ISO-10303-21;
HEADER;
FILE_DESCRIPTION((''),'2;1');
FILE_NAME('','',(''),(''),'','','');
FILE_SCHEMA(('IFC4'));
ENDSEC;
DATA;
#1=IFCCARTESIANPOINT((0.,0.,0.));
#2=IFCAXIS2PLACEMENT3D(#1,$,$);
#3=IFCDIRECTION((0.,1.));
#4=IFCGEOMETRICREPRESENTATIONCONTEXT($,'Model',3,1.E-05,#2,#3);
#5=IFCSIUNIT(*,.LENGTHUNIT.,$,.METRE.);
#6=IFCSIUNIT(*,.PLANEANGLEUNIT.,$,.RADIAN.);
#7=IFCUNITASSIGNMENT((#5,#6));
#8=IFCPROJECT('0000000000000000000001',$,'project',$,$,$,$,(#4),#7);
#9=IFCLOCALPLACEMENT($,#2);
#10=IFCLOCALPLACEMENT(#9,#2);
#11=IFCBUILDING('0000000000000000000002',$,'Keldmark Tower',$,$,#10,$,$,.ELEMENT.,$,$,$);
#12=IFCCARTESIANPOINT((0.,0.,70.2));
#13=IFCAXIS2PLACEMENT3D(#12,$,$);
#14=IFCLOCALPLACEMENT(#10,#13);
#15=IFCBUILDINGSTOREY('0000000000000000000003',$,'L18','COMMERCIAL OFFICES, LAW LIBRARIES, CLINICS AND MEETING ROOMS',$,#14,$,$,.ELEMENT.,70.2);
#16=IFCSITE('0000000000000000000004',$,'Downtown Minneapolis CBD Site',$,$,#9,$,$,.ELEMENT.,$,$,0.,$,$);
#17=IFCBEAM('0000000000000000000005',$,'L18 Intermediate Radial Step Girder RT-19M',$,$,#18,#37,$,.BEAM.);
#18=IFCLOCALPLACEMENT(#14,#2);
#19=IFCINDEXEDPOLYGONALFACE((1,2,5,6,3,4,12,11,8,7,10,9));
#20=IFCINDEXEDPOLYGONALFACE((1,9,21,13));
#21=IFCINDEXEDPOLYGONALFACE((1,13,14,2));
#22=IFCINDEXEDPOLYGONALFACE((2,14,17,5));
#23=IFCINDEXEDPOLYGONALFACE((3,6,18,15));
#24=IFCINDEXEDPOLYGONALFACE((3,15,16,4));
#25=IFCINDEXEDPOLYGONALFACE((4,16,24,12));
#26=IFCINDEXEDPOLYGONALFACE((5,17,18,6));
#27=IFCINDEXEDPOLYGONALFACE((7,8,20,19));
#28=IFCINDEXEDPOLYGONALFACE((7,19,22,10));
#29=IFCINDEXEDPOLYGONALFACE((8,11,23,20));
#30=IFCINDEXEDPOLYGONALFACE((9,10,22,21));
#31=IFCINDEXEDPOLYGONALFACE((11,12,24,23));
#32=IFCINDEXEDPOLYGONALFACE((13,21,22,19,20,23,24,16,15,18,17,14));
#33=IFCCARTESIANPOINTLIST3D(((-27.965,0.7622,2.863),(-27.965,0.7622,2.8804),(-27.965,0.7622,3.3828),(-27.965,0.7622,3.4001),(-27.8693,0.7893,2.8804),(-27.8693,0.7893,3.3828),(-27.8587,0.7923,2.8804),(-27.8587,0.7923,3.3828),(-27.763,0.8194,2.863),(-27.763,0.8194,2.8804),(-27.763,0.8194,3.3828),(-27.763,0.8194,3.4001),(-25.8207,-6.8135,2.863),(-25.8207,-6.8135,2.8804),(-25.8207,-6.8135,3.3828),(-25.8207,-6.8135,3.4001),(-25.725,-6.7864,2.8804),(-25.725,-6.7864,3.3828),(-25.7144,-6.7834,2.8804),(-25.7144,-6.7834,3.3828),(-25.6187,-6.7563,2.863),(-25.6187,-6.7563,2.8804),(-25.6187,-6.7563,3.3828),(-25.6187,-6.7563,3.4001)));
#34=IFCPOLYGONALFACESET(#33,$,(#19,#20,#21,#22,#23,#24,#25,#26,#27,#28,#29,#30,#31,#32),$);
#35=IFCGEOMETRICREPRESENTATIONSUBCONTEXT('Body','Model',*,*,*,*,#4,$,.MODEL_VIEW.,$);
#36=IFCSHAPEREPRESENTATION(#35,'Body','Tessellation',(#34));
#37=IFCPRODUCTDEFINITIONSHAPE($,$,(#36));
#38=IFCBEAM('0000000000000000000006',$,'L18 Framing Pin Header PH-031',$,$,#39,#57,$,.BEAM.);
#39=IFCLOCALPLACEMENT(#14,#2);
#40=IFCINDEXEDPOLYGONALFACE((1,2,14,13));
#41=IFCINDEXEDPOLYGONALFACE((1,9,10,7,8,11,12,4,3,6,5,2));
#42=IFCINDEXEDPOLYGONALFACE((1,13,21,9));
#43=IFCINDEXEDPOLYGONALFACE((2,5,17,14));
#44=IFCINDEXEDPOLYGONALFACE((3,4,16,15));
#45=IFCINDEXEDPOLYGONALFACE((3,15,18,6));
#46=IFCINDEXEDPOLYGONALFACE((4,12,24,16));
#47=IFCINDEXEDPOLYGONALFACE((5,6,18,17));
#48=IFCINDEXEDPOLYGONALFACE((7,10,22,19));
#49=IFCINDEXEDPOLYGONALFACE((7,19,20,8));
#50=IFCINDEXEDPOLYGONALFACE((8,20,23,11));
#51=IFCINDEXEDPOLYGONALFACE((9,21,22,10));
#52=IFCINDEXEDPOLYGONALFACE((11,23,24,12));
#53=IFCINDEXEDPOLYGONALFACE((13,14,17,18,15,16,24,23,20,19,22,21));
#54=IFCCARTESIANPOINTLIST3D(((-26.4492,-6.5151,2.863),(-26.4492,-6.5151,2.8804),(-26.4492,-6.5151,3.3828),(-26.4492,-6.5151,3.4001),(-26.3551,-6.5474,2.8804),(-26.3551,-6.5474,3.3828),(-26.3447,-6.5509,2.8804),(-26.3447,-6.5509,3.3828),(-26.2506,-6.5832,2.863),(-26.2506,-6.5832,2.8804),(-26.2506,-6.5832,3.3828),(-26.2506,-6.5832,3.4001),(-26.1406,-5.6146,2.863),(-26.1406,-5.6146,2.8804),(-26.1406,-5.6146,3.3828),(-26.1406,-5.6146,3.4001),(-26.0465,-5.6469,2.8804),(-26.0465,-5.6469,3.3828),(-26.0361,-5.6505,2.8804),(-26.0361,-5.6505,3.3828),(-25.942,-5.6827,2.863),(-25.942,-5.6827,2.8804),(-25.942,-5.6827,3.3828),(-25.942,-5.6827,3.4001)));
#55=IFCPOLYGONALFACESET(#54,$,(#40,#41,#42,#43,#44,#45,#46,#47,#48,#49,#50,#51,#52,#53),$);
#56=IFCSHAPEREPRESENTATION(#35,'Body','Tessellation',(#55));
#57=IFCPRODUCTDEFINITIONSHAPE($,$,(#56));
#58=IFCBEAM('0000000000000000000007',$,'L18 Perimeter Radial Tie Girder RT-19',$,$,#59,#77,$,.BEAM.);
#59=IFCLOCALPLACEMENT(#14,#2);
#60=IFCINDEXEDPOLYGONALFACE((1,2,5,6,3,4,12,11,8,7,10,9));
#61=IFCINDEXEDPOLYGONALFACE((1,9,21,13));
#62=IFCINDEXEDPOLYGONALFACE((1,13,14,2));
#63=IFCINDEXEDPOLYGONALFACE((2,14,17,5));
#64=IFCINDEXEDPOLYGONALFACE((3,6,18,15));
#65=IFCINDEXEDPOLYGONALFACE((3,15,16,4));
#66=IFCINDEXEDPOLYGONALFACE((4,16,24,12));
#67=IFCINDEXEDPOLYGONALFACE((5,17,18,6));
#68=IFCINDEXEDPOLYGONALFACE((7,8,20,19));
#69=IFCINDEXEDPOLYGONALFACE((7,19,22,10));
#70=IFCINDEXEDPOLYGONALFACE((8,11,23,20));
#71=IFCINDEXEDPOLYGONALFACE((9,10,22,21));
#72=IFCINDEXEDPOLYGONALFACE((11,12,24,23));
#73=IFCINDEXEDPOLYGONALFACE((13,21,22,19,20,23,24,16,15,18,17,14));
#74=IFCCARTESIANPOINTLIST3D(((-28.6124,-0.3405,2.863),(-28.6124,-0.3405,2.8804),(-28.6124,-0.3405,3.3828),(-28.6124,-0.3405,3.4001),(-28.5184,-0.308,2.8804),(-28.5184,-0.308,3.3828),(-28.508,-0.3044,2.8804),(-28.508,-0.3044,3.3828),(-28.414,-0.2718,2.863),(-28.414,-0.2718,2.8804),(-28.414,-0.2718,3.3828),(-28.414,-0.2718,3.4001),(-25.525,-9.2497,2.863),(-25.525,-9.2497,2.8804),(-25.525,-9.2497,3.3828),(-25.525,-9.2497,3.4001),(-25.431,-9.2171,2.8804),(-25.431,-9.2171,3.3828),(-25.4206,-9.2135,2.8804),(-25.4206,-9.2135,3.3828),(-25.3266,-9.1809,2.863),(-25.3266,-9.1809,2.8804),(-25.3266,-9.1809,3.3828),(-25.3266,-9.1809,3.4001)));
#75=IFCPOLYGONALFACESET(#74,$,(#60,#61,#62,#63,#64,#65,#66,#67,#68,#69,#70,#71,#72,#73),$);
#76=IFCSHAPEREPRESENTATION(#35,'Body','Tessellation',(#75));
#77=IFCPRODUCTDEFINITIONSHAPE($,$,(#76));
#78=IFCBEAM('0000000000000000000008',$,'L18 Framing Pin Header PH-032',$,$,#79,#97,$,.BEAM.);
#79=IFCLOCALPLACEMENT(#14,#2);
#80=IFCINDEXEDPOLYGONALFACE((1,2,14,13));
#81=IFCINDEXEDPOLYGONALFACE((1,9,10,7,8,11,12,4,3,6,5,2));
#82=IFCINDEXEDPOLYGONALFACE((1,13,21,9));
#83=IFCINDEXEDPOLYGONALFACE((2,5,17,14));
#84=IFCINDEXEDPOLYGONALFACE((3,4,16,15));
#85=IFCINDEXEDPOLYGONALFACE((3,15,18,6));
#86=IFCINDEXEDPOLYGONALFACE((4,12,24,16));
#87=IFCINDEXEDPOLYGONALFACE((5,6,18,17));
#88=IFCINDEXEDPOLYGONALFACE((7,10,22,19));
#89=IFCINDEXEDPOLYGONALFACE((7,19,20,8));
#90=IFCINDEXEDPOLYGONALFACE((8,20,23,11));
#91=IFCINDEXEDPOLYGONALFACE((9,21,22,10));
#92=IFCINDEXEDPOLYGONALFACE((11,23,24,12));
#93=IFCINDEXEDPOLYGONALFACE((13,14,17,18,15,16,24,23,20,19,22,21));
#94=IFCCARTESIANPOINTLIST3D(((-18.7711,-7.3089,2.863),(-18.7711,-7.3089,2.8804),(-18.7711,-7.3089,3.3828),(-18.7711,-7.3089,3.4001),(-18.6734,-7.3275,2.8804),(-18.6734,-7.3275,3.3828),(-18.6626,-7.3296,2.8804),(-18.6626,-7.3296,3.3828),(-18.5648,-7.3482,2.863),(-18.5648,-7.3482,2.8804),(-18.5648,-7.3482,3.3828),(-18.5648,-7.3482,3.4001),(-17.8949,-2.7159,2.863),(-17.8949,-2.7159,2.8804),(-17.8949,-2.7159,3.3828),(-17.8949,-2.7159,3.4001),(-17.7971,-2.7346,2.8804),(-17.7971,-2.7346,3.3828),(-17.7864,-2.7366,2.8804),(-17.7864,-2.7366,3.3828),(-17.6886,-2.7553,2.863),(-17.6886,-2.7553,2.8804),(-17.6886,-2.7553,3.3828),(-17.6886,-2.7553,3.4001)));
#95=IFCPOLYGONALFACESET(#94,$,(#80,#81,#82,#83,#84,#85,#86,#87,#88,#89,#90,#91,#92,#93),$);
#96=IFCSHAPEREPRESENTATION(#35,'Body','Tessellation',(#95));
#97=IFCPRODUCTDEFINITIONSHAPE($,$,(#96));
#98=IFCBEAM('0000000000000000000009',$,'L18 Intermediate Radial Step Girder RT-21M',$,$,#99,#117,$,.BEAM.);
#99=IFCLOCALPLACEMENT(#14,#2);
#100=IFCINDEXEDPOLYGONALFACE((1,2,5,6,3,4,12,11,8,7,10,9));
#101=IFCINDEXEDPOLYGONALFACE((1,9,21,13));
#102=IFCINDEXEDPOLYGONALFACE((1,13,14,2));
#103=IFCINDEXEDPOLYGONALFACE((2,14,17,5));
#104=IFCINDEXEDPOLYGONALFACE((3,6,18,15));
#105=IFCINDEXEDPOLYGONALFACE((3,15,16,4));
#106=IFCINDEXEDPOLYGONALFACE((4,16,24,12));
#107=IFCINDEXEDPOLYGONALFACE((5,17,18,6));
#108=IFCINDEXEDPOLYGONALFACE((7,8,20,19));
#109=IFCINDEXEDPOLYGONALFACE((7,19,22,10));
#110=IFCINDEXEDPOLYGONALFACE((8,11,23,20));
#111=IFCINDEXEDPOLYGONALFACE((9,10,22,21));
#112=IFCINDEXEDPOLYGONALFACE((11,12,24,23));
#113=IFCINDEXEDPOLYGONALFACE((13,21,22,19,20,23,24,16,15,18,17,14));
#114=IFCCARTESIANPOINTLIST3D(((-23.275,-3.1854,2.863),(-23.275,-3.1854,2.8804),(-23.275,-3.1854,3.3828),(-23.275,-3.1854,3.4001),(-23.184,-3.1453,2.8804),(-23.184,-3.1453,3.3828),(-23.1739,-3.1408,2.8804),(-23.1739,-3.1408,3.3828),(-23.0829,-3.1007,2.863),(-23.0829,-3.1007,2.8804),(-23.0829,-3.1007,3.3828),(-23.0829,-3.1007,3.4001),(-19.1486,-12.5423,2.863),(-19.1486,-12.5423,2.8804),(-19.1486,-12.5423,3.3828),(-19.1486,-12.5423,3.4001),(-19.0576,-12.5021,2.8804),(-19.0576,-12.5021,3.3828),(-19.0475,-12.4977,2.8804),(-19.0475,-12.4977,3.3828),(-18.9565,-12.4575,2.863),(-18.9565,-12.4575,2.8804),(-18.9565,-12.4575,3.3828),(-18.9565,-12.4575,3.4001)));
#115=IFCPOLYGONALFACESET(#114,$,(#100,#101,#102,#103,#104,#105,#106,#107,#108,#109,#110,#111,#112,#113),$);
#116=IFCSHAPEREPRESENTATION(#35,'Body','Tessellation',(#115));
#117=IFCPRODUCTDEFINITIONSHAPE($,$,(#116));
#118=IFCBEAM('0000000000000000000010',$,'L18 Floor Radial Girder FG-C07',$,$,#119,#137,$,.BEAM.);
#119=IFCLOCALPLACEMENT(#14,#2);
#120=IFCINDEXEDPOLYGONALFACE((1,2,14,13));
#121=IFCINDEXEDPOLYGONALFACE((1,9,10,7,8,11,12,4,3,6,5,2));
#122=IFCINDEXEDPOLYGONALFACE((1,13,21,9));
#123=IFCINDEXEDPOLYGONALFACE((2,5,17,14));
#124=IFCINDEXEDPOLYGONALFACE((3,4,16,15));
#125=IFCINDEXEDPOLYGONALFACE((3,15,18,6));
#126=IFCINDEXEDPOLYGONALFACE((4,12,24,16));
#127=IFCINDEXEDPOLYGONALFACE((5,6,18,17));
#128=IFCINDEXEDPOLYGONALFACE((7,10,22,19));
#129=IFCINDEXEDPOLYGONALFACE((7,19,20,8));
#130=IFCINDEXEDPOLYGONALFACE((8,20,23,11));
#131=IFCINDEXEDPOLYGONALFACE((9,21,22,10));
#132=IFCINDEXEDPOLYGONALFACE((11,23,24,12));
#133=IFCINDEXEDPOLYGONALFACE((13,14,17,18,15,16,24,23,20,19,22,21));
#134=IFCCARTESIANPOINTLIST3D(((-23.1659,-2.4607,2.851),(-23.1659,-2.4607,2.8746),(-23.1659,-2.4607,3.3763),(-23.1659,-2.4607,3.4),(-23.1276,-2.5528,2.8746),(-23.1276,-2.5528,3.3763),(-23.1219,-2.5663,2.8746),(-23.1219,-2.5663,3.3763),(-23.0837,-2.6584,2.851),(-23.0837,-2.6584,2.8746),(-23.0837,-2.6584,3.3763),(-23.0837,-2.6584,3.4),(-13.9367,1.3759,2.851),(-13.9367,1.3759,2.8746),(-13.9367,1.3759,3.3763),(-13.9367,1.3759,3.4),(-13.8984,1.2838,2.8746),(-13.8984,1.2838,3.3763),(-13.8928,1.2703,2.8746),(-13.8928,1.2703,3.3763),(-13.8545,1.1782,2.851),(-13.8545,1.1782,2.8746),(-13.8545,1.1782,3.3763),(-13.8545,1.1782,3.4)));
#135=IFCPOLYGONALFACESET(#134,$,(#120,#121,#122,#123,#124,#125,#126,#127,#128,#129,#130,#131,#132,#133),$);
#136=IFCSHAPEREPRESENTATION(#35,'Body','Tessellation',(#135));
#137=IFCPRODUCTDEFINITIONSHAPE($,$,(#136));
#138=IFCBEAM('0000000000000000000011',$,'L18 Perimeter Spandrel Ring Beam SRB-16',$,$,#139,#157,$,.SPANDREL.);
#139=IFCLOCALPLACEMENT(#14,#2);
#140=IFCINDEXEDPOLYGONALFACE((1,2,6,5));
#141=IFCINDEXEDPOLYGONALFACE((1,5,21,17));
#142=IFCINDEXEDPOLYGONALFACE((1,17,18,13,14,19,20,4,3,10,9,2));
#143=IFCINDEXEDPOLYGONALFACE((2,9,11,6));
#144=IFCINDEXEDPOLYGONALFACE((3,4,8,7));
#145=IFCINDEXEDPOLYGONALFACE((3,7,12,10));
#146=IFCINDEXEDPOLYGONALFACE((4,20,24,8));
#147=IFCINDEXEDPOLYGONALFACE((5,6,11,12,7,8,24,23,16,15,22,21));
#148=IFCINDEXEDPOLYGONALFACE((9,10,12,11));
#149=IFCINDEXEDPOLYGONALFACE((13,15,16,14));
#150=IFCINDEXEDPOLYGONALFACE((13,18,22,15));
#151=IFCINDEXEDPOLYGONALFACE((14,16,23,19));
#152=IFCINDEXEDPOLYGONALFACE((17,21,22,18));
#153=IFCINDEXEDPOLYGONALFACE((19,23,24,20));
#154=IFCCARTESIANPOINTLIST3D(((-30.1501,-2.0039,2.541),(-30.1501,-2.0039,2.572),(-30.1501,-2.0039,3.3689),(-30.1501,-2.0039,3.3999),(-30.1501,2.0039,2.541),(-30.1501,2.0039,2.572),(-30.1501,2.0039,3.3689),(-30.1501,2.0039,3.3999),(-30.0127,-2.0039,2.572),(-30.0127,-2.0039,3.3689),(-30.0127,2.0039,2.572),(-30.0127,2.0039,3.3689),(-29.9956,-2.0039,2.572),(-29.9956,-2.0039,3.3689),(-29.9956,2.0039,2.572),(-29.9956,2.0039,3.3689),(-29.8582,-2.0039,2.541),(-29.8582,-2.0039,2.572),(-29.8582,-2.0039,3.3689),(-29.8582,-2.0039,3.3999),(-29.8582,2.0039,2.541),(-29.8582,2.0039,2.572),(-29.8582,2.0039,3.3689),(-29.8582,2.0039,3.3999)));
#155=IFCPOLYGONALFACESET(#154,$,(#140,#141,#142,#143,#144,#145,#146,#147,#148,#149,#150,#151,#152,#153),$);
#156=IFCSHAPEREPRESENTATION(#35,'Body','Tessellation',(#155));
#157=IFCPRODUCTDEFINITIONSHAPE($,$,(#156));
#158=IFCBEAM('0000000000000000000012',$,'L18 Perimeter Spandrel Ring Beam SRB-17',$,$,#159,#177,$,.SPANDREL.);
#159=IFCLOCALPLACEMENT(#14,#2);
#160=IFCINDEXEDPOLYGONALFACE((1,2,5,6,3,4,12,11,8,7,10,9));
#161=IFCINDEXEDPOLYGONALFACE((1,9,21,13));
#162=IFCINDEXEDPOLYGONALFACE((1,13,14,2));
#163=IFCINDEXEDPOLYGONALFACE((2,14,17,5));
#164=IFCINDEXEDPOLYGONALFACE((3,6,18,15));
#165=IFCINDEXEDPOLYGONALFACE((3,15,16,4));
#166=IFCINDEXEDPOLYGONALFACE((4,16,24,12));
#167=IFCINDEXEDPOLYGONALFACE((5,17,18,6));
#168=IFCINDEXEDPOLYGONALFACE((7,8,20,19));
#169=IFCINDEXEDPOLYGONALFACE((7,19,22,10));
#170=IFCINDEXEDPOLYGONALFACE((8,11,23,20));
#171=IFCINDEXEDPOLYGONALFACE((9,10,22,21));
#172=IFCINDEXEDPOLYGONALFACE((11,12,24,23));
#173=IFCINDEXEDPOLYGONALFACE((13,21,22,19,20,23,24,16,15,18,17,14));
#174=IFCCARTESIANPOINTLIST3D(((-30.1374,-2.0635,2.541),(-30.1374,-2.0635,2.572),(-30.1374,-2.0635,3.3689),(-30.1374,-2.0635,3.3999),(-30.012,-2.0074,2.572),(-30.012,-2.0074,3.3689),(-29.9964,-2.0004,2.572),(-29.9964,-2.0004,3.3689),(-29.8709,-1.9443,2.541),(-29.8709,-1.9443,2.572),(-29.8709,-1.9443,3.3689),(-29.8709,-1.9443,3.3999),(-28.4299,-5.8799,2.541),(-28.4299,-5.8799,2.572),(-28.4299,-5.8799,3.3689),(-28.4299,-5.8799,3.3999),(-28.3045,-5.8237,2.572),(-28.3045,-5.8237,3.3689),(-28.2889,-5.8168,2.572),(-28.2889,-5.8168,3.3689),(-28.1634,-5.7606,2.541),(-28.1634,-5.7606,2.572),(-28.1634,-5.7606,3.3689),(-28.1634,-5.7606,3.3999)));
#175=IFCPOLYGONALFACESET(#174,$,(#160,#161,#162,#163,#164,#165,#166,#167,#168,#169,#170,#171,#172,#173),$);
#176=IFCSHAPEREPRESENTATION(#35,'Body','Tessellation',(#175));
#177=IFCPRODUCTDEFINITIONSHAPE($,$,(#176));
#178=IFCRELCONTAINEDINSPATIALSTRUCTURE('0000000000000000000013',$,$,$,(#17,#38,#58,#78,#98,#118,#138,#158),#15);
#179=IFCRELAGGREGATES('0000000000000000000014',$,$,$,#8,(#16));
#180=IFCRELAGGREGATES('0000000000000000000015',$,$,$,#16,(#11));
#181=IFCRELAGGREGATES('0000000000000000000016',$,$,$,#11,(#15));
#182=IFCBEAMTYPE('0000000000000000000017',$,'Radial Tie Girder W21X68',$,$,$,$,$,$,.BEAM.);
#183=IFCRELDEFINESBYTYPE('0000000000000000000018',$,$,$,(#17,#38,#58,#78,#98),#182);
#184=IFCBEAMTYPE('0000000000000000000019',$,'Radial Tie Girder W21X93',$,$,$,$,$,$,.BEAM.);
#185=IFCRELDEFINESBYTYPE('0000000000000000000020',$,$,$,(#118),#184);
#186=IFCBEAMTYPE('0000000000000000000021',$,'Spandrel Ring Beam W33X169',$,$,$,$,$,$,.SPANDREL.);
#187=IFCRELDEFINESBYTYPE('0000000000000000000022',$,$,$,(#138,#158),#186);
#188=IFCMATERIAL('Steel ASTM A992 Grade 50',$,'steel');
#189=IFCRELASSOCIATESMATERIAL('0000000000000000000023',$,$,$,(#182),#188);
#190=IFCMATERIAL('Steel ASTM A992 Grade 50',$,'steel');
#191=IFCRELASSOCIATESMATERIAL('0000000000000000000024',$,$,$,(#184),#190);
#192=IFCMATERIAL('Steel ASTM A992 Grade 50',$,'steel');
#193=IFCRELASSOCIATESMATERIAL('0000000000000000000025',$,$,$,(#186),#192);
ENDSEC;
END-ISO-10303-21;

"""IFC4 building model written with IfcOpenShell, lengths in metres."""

from ifc_helpers import new_model, si_unit, direction, frame, origin, origin_2d, place, context, subcontext, project, spatial, i_section, extrude, material, material_profile, profile_set, type_object, element, save


model = new_model("IFC4")

# Units and contexts
model_context = context("Model", 3, precision=1e-05, world=origin(), true_north=direction((0.0, 1.0)))
body_context = subcontext(model_context, "Body", "Model", "MODEL_VIEW")
ifc_project = project(units=[si_unit("LENGTHUNIT", "METRE"), si_unit("PLANEANGLEUNIT", "RADIAN")], contexts=[model_context])

# Site, building, storey
site_placement = place(None, origin())
site = spatial("IfcSite", under=ifc_project, at=site_placement, Name="Downtown Minneapolis CBD Site", CompositionType="ELEMENT", RefElevation=0.0)
building_placement = place(site_placement, origin())
building = spatial("IfcBuilding", under=site, at=building_placement, Name="Keldmark Tower", CompositionType="ELEMENT")
storey_placement = place(building_placement, frame((0.0, 0.0, 70.2)))
storey = spatial("IfcBuildingStorey", under=building, at=storey_placement, Name="L18", Description="COMMERCIAL OFFICES, LAW LIBRARIES, CLINICS AND MEETING ROOMS", CompositionType="ELEMENT", Elevation=70.2)

# Beams
ifc_material_1 = material(Name="Steel ASTM A992 Grade 50", Category="steel")
ifc_material_profile_1 = material_profile(ifc_material_1, i_section(OverallWidth=0.21, OverallDepth=0.5371, WebThickness=0.011, FlangeThickness=0.0173, at=origin_2d()), Name="W21X68")
ifc_profile_set_1 = profile_set([ifc_material_profile_1], Name="Steel ASTM A992 Grade 50")
beam_type_1 = type_object("IfcBeamType", Name="Radial Tie Girder W21X68", PredefinedType="BEAM", material=ifc_profile_set_1)
beam_1_placement = place(storey_placement, frame((-27.864, 0.7908, 3.1316), z_axis=(0.272349, -0.962199, 0.0), x_axis=(0.962199, 0.272349, 0.0)))
element("IfcBeam", 1, at=beam_1_placement, inside=storey, type_object=beam_type_1, Name="L18 Intermediate Radial Step Girder RT-19M", PredefinedType="BEAM", context=body_context, shape_type="SweptSolid", body=[
    extrude(i_section(OverallWidth=0.21, OverallDepth=0.5371, WebThickness=0.011, FlangeThickness=0.0173, at=origin_2d()), origin(), (0.0, 0.0, 1.0), 7.8733),
])
beam_2_placement = place(storey_placement, frame((-26.0413, -5.6487, 3.1316), z_axis=(-0.324219, -0.945982, 0.0), x_axis=(0.945982, -0.324219, 0.0)))
element("IfcBeam", 2, at=beam_2_placement, inside=storey, type_object=beam_type_1, Name="L18 Framing Pin Header PH-031", PredefinedType="BEAM", context=body_context, shape_type="SweptSolid", body=[
    extrude(i_section(OverallWidth=0.21, OverallDepth=0.5371, WebThickness=0.011, FlangeThickness=0.0173, at=origin_2d()), origin(), (0.0, 0.0, 1.0), 0.9519),
])
beam_3_placement = place(storey_placement, frame((-28.5132, -0.3062, 3.1316), z_axis=(0.327438, -0.944873, 0.0), x_axis=(0.944873, 0.327438, 0.0)))
element("IfcBeam", 3, at=beam_3_placement, inside=storey, type_object=beam_type_1, Name="L18 Perimeter Radial Tie Girder RT-19", PredefinedType="BEAM", context=body_context, shape_type="SweptSolid", body=[
    extrude(i_section(OverallWidth=0.21, OverallDepth=0.5371, WebThickness=0.011, FlangeThickness=0.0173, at=origin_2d()), origin(), (0.0, 0.0, 1.0), 9.429),
])
beam_4_placement = place(storey_placement, frame((-17.7917, -2.7356, 3.1316), z_axis=(-0.187393, -0.982285, 0.0), x_axis=(0.982285, -0.187393, 0.0)))
element("IfcBeam", 4, at=beam_4_placement, inside=storey, type_object=beam_type_1, Name="L18 Framing Pin Header PH-032", PredefinedType="BEAM", context=body_context, shape_type="SweptSolid", body=[
    extrude(i_section(OverallWidth=0.21, OverallDepth=0.5371, WebThickness=0.011, FlangeThickness=0.0173, at=origin_2d()), origin(), (0.0, 0.0, 1.0), 4.6758),
])
beam_5_placement = place(storey_placement, frame((-23.179, -3.1431, 3.1316), z_axis=(0.40351, -0.914975, 0.0), x_axis=(0.914975, 0.40351, 0.0)))
element("IfcBeam", 5, at=beam_5_placement, inside=storey, type_object=beam_type_1, Name="L18 Intermediate Radial Step Girder RT-21M", PredefinedType="BEAM", context=body_context, shape_type="SweptSolid", body=[
    extrude(i_section(OverallWidth=0.21, OverallDepth=0.5371, WebThickness=0.011, FlangeThickness=0.0173, at=origin_2d()), origin(), (0.0, 0.0, 1.0), 10.2263),
])
ifc_material_2 = material(Name="Steel ASTM A992 Grade 50", Category="steel")
ifc_material_profile_2 = material_profile(ifc_material_2, i_section(OverallWidth=0.2141, OverallDepth=0.5491, WebThickness=0.0146, FlangeThickness=0.0237, at=origin_2d()), Name="W21X93")
ifc_profile_set_2 = profile_set([ifc_material_profile_2], Name="Steel ASTM A992 Grade 50")
beam_type_2 = type_object("IfcBeamType", Name="Radial Tie Girder W21X93", PredefinedType="BEAM", material=ifc_profile_set_2)
beam_6_placement = place(storey_placement, frame((-23.1248, -2.5596, 3.1255), z_axis=(0.923391, 0.383861, 0.0), x_axis=(-0.383861, 0.923391, 0.0)))
element("IfcBeam", 6, at=beam_6_placement, inside=storey, type_object=beam_type_2, Name="L18 Floor Radial Girder FG-C07", PredefinedType="BEAM", context=body_context, shape_type="SweptSolid", body=[
    extrude(i_section(OverallWidth=0.2141, OverallDepth=0.5491, WebThickness=0.0146, FlangeThickness=0.0237, at=origin_2d()), origin(), (0.0, 0.0, 1.0), 9.9949),
])
ifc_material_3 = material(Name="Steel ASTM A992 Grade 50", Category="steel")
ifc_material_profile_3 = material_profile(ifc_material_3, i_section(OverallWidth=0.292, OverallDepth=0.8589, WebThickness=0.0171, FlangeThickness=0.031, at=origin_2d()), Name="W33X169")
ifc_profile_set_3 = profile_set([ifc_material_profile_3], Name="Steel ASTM A992 Grade 50")
beam_type_3 = type_object("IfcBeamType", Name="Spandrel Ring Beam W33X169", PredefinedType="SPANDREL", material=ifc_profile_set_3)
beam_7_placement = place(storey_placement, frame((-30.0042, 2.0039, 2.9705), z_axis=(0.0, -1.0, 0.0), x_axis=(1.0, 0.0, 0.0)))
element("IfcBeam", 7, at=beam_7_placement, inside=storey, type_object=beam_type_3, Name="L18 Perimeter Spandrel Ring Beam SRB-16", PredefinedType="SPANDREL", context=body_context, shape_type="SweptSolid", body=[
    extrude(i_section(OverallWidth=0.292, OverallDepth=0.8589, WebThickness=0.0171, FlangeThickness=0.031, at=origin_2d()), origin(), (0.0, 0.0, 1.0), 4.0078),
])
beam_8_placement = place(storey_placement, frame((-30.0042, -2.0039, 2.9705), z_axis=(0.408402, -0.912802, 0.0), x_axis=(0.912802, 0.408402, 0.0)))
element("IfcBeam", 8, at=beam_8_placement, inside=storey, type_object=beam_type_3, Name="L18 Perimeter Spandrel Ring Beam SRB-17", PredefinedType="SPANDREL", context=body_context, shape_type="SweptSolid", body=[
    extrude(i_section(OverallWidth=0.292, OverallDepth=0.8589, WebThickness=0.0171, FlangeThickness=0.031, at=origin_2d()), origin(), (0.0, 0.0, 1.0), 4.1809),
])

save(model, "model.ifc")
